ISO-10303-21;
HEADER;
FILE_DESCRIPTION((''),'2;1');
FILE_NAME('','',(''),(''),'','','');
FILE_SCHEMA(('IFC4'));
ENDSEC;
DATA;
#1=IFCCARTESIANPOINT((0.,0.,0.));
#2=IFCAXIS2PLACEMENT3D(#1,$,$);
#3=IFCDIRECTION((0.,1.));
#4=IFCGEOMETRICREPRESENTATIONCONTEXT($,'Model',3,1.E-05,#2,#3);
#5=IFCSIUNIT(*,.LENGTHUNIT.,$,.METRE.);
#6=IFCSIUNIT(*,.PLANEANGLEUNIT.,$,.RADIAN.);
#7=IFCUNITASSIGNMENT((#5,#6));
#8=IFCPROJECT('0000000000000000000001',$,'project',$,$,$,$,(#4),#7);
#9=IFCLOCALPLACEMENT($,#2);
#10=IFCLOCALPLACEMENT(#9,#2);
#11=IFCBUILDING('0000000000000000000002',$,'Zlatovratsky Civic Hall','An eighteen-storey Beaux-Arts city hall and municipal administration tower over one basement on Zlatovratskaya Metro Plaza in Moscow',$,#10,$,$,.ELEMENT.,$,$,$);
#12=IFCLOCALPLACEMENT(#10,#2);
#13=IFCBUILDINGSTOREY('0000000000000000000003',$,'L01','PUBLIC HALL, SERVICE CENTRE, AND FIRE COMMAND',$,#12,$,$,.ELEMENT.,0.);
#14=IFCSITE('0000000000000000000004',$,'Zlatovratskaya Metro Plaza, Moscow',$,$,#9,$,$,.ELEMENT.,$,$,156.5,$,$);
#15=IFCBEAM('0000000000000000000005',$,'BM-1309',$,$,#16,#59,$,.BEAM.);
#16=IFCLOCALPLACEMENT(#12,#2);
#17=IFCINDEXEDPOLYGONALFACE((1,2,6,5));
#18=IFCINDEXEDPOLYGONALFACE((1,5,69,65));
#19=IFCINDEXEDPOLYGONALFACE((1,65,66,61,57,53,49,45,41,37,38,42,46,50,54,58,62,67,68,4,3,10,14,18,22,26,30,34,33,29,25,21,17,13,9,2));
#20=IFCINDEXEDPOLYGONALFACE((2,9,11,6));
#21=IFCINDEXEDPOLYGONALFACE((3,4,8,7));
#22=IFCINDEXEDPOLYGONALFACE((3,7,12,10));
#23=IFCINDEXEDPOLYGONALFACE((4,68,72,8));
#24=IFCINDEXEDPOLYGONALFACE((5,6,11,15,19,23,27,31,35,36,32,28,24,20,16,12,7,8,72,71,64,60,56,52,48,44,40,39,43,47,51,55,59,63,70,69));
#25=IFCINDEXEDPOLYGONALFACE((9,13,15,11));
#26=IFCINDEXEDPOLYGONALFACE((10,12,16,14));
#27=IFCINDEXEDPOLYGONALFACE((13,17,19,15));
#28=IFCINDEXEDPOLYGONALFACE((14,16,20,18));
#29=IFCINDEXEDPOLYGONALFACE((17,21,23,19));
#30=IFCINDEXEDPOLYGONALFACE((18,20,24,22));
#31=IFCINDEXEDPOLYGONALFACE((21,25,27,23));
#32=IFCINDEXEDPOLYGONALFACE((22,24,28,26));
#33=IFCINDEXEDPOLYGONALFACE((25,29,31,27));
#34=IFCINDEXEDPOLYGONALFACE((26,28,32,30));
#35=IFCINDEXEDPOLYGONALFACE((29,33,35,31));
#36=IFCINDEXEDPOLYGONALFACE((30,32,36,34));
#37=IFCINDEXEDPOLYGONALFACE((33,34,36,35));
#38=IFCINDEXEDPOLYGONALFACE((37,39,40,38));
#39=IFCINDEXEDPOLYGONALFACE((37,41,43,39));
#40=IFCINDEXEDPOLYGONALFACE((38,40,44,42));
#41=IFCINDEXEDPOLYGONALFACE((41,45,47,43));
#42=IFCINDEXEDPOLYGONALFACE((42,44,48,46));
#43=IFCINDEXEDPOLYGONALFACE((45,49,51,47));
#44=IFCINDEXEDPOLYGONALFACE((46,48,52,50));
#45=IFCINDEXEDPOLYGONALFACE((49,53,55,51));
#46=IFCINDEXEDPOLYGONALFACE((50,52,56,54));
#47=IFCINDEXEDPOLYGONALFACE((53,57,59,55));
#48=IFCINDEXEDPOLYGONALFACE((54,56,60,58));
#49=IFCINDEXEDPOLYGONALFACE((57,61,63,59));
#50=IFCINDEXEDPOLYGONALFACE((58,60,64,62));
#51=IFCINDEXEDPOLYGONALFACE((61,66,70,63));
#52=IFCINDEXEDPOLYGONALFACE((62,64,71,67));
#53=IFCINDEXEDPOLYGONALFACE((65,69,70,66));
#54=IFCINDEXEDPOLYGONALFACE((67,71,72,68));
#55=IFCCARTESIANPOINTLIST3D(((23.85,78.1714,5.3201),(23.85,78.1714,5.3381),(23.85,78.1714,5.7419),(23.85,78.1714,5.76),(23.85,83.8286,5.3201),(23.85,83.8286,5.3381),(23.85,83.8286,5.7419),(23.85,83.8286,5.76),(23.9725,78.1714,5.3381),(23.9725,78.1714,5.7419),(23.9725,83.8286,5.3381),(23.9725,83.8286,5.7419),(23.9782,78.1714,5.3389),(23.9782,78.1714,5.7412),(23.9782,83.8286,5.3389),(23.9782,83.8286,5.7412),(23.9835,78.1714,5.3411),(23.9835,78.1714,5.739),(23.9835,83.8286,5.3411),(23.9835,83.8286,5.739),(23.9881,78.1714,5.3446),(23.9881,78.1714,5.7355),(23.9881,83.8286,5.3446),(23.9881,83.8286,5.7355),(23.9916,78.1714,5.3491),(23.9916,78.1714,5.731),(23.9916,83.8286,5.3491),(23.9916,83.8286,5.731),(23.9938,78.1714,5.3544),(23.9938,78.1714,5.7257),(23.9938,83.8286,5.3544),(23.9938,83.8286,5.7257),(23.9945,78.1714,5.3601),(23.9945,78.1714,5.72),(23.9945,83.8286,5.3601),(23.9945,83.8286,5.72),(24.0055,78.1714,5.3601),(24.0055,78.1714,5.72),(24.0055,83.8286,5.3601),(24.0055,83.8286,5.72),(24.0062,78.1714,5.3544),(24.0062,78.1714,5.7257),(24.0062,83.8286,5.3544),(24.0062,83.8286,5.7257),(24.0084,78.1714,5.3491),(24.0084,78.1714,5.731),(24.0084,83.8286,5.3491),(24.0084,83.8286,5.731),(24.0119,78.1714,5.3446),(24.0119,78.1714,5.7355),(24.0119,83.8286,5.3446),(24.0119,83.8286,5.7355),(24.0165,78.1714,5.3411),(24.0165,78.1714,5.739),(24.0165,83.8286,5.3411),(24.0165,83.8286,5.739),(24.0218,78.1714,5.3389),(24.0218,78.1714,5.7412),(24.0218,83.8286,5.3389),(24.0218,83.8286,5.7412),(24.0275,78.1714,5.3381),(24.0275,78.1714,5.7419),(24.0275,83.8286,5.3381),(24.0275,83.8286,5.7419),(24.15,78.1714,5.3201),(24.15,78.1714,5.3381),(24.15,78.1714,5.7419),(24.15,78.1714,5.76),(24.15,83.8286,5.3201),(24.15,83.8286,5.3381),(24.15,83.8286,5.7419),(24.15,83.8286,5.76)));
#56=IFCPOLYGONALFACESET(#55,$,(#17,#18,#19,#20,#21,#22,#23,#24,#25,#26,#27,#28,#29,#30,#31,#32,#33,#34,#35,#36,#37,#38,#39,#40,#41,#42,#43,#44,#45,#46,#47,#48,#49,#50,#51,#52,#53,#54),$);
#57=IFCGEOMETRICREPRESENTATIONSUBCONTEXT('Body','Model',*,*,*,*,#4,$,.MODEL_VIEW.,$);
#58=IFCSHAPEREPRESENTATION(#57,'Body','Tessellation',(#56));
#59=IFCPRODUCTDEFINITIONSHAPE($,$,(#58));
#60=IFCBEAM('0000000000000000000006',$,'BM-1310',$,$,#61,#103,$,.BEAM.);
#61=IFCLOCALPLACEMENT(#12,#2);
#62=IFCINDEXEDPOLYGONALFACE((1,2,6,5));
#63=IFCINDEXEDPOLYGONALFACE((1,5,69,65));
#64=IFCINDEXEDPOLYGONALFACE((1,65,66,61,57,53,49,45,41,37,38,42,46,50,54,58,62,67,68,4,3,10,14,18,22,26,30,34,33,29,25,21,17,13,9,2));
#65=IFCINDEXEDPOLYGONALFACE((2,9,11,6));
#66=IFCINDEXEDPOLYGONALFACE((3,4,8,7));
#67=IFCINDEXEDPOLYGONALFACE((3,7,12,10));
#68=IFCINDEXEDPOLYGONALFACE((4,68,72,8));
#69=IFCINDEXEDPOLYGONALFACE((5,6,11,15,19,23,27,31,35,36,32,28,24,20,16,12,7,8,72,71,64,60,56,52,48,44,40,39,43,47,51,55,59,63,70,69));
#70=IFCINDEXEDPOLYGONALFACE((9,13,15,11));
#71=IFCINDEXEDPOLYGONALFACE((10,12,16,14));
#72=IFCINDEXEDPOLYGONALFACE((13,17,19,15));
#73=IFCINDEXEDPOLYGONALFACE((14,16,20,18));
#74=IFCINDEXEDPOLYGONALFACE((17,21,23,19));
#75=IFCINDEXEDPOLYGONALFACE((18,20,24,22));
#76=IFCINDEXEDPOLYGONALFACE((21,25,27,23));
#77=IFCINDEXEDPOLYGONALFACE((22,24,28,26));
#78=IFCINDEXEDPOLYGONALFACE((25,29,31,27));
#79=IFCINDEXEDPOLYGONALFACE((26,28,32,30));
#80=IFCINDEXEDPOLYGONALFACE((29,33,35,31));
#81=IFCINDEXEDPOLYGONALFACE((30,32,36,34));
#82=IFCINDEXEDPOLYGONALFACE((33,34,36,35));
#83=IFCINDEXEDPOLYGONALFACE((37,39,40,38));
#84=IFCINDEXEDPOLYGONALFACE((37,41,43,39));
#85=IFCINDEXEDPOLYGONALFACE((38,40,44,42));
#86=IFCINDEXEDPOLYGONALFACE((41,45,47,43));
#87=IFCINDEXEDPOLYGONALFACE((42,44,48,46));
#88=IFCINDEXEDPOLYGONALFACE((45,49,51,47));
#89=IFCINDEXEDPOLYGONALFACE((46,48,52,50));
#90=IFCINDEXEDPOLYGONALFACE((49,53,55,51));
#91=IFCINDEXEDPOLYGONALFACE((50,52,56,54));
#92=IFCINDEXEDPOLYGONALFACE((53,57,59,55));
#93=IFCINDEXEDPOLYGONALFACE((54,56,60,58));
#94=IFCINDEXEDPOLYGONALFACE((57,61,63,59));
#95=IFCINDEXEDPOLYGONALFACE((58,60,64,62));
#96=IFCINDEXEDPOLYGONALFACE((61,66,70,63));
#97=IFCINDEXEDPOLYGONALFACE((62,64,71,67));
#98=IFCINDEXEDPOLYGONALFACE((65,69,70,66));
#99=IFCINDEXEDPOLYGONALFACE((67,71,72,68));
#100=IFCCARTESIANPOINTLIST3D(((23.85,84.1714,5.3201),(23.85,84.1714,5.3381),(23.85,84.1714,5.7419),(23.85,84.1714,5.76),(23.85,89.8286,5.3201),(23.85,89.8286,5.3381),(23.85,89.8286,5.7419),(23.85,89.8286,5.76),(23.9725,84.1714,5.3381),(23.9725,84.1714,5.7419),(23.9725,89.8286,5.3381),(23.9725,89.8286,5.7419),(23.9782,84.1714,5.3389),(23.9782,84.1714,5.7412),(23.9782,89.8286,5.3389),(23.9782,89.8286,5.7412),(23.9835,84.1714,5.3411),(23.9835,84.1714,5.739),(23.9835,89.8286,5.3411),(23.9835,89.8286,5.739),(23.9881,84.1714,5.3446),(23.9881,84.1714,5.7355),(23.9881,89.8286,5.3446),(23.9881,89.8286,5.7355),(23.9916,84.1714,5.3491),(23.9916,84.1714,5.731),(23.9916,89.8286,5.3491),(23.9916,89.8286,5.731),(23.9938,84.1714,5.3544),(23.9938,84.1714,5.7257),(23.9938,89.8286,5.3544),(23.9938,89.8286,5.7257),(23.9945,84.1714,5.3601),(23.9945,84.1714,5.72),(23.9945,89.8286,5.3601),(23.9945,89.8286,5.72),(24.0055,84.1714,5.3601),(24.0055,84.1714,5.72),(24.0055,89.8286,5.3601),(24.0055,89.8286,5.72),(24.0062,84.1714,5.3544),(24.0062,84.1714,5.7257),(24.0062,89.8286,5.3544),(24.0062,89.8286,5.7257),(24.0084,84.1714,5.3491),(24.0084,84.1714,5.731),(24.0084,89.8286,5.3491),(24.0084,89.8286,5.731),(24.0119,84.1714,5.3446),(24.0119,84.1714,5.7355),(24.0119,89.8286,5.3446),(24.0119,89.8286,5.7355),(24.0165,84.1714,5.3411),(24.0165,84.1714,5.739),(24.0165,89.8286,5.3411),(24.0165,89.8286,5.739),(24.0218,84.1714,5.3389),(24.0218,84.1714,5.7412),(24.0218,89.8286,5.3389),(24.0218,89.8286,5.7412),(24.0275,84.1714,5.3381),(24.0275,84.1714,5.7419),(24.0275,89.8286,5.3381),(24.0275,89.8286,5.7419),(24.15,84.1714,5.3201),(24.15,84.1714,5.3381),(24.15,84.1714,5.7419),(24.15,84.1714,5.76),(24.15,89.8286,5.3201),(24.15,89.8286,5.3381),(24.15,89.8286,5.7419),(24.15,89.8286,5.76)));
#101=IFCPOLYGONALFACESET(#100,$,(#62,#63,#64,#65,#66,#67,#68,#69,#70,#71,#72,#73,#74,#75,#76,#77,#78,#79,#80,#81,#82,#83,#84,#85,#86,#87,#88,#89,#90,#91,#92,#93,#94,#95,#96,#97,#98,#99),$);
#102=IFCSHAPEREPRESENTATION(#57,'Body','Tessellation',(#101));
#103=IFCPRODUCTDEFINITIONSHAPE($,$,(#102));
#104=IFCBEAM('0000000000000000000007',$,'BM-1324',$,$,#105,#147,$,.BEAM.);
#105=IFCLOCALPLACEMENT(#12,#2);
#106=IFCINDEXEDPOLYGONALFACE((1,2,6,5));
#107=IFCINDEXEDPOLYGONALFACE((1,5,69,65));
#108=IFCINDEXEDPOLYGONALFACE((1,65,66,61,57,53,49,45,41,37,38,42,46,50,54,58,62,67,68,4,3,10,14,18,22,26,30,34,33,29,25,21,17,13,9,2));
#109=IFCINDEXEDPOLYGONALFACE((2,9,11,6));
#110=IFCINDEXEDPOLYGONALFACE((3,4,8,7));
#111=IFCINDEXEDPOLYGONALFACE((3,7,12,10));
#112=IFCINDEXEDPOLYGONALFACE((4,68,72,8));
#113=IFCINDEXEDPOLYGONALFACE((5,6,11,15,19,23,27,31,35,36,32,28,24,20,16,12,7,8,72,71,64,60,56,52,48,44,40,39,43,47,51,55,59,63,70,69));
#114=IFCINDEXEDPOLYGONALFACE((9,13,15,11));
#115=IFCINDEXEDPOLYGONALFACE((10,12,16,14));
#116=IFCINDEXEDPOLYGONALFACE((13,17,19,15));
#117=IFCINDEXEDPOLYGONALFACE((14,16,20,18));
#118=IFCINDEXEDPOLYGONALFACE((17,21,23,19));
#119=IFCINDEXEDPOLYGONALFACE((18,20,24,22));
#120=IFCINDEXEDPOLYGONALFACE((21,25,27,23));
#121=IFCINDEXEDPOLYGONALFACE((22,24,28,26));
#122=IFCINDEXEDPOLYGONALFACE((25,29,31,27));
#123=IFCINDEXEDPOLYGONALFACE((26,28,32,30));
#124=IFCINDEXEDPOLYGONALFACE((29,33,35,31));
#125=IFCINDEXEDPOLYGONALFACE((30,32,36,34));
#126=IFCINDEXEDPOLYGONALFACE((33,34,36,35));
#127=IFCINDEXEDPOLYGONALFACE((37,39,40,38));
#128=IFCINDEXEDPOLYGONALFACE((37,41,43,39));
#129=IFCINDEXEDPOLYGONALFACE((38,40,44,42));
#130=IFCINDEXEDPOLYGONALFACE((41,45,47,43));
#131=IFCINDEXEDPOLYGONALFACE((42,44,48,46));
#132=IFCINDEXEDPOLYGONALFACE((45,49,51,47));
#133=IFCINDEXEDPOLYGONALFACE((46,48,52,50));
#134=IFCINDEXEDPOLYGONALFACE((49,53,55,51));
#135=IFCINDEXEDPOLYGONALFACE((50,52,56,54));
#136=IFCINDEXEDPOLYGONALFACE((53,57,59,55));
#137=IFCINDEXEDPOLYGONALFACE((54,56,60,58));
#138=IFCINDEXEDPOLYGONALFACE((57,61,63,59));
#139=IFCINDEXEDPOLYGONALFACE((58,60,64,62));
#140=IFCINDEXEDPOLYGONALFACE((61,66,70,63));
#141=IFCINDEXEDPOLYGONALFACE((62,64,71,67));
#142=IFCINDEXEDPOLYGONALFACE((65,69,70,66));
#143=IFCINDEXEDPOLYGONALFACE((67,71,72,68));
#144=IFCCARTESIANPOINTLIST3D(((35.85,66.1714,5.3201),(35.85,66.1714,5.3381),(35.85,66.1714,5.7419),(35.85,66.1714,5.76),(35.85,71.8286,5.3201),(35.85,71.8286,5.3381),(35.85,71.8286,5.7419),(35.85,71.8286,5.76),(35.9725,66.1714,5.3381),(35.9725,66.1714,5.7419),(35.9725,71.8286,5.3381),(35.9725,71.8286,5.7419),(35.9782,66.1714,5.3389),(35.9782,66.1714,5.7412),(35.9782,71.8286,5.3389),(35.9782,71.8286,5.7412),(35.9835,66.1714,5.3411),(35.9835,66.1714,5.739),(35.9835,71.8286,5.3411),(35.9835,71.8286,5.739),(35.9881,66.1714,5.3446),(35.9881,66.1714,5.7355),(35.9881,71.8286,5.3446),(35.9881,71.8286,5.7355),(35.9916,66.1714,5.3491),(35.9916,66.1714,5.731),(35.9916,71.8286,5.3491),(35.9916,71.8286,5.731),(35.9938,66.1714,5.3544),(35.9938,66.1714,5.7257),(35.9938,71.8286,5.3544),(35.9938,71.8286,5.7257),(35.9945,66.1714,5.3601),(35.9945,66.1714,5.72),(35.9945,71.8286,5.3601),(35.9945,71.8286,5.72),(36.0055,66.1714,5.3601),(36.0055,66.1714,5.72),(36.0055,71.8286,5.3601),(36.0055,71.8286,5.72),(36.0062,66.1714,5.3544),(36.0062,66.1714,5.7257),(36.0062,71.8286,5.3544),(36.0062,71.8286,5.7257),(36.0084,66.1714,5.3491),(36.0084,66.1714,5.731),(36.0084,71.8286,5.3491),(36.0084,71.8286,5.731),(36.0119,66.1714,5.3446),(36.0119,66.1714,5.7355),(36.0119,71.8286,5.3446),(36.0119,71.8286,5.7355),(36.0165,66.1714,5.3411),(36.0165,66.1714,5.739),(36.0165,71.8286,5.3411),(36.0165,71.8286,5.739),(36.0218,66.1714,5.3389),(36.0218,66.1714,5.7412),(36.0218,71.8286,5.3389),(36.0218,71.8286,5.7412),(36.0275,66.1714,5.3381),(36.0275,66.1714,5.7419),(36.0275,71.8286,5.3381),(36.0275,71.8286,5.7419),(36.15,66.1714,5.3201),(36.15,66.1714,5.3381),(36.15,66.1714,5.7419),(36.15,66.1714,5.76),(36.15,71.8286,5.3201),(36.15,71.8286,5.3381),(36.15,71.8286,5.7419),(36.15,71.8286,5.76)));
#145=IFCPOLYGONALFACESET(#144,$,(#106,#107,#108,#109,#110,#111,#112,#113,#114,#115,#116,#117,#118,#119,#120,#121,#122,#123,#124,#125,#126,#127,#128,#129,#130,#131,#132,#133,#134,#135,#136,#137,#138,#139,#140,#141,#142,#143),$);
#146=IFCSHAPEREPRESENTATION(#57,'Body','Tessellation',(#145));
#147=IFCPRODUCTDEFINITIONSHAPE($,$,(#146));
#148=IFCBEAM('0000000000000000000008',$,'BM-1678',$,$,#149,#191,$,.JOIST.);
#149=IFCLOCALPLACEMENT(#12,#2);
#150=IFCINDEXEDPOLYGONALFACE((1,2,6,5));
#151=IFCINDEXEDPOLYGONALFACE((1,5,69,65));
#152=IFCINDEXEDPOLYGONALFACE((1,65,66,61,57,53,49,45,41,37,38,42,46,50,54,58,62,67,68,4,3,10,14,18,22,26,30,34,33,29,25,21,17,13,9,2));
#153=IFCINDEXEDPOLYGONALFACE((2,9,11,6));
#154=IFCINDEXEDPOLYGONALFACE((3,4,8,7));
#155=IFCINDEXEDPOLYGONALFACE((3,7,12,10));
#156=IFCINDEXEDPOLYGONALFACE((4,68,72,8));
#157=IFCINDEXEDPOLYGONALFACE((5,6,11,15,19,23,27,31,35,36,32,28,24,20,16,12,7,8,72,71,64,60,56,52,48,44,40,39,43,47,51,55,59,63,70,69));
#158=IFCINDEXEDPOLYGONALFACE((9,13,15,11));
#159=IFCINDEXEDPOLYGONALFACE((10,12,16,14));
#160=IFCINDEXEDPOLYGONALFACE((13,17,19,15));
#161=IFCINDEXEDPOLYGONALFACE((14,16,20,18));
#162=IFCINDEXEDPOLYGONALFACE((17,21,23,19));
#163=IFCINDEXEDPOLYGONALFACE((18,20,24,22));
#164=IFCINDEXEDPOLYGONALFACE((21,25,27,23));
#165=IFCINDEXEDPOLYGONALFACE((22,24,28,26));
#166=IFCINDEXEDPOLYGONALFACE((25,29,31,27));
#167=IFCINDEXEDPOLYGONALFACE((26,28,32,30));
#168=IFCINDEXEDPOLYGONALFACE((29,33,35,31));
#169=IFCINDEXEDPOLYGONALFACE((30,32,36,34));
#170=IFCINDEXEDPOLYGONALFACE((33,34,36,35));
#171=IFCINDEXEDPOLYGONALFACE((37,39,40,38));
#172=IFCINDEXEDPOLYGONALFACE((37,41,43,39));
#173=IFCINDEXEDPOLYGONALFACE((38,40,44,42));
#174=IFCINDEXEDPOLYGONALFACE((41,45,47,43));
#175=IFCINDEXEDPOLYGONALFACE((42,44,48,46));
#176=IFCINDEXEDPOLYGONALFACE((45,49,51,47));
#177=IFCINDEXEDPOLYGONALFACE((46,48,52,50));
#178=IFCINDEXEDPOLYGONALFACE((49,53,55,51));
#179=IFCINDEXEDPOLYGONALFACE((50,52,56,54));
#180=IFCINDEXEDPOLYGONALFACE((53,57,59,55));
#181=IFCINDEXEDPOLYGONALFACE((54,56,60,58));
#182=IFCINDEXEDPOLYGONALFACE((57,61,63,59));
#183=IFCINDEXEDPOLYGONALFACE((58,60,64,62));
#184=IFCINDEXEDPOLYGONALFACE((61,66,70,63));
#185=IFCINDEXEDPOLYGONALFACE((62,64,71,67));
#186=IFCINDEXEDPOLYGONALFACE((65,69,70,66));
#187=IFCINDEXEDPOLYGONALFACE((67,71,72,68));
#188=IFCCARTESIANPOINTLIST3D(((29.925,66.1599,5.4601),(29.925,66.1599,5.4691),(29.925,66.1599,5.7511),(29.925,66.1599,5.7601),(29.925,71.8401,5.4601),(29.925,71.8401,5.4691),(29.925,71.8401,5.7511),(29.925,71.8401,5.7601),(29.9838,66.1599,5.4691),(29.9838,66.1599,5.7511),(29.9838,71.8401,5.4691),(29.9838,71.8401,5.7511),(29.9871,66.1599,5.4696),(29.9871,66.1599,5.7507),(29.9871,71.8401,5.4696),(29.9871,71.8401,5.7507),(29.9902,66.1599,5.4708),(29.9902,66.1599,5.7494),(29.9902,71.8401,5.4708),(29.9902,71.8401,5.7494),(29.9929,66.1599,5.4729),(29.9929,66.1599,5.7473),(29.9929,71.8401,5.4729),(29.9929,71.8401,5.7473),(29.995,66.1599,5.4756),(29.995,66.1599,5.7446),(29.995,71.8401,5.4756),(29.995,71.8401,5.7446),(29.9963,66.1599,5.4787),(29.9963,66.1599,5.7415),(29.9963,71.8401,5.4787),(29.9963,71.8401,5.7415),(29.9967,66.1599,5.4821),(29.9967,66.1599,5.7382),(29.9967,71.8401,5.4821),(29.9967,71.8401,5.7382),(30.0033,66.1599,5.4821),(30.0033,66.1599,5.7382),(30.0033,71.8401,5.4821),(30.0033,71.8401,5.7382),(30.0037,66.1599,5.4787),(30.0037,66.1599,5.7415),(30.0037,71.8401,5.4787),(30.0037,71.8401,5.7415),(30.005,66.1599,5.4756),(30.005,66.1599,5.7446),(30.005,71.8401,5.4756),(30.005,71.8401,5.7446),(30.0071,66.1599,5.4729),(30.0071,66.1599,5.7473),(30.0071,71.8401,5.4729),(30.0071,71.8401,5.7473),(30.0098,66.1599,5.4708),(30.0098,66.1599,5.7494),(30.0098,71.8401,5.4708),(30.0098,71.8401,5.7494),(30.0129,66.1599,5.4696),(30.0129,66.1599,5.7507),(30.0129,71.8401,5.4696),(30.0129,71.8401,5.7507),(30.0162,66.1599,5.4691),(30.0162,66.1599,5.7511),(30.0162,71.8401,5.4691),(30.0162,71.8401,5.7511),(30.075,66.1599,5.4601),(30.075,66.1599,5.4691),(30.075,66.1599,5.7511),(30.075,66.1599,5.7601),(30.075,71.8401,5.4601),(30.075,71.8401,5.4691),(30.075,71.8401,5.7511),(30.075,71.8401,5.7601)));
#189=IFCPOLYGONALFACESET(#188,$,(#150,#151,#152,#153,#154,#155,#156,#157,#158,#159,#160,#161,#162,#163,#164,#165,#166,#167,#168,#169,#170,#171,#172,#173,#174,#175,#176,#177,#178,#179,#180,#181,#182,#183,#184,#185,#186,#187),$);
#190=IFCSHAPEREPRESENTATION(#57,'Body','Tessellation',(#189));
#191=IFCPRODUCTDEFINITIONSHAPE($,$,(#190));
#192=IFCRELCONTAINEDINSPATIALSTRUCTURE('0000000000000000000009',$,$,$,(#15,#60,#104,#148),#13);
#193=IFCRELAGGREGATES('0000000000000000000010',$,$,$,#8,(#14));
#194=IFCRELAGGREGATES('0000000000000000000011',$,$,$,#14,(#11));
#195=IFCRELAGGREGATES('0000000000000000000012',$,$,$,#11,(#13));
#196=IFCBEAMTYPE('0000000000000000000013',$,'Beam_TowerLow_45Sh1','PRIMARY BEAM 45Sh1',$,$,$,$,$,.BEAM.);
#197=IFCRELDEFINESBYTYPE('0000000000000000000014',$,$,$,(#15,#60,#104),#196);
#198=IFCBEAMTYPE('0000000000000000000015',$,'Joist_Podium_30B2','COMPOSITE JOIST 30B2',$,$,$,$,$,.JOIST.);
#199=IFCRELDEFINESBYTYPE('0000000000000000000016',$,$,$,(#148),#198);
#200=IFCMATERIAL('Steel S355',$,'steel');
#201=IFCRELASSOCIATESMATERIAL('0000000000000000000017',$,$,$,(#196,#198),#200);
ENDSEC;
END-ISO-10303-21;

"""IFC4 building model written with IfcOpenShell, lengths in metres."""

from ifc_helpers import new_model, si_unit, direction, frame, origin, origin_2d, place, context, subcontext, project, spatial, i_section, extrude, material, material_profile, profile_set, type_object, element, save


model = new_model("IFC4")

# Units and contexts
model_context = context("Model", 3, precision=1e-05, world=origin(), true_north=direction((0.0, 1.0)))
body_context = subcontext(model_context, "Body", "Model", "MODEL_VIEW")
ifc_project = project(units=[si_unit("LENGTHUNIT", "METRE"), si_unit("PLANEANGLEUNIT", "RADIAN")], contexts=[model_context])

# Site, building, storey
site_placement = place(None, origin())
site = spatial("IfcSite", under=ifc_project, at=site_placement, Name="Zlatovratskaya Metro Plaza, Moscow", CompositionType="ELEMENT", RefElevation=156.5)
building_placement = place(site_placement, origin())
building = spatial("IfcBuilding", under=site, at=building_placement, Name="Zlatovratsky Civic Hall", Description="An eighteen-storey Beaux-Arts city hall and municipal administration tower over one basement on Zlatovratskaya Metro Plaza in Moscow", CompositionType="ELEMENT")
storey_placement = place(building_placement, origin())
storey = spatial("IfcBuildingStorey", under=building, at=storey_placement, Name="L01", Description="PUBLIC HALL, SERVICE CENTRE, AND FIRE COMMAND", CompositionType="ELEMENT", Elevation=0.0)

# Shared definitions
ifc_material_1 = material(Name="Steel S355", Category="steel")

# Beams
ifc_material_profile_1 = material_profile(ifc_material_1, i_section(OverallWidth=0.3, OverallDepth=0.4399, WebThickness=0.011, FlangeThickness=0.0181, FilletRadius=0.022, at=origin_2d()), Name="45Sh1")
ifc_profile_set_1 = profile_set([ifc_material_profile_1], Name="Steel S355")
beam_type_1 = type_object("IfcBeamType", Name="Beam_TowerLow_45Sh1", Description="PRIMARY BEAM 45Sh1", PredefinedType="BEAM", material=ifc_profile_set_1)
for number, where, z_axis, x_axis, name in (
    (1, (24.0, 78.1714, 5.54), (0.0, 1.0, 0.0), (-1.0, 0.0, 0.0), "BM-1309"),
    (2, (24.0, 84.1714, 5.54), (0.0, 1.0, 0.0), (-1.0, 0.0, 0.0), "BM-1310"),
    (3, (36.0, 66.1714, 5.54), (0.0, 1.0, 0.0), (-1.0, 0.0, 0.0), "BM-1324"),
):
    element("IfcBeam", number, at=place(storey_placement, frame(where, z_axis=z_axis, x_axis=x_axis)), inside=storey, type_object=beam_type_1, Name=name, PredefinedType="BEAM", context=body_context, shape_type="SweptSolid", body=[
        extrude(i_section(OverallWidth=0.3, OverallDepth=0.4399, WebThickness=0.011, FlangeThickness=0.0181, FilletRadius=0.022, at=origin_2d()), origin(), (0.0, 0.0, 1.0), 5.6572),
    ])
ifc_material_profile_2 = material_profile(ifc_material_1, i_section(OverallWidth=0.1499, OverallDepth=0.3, WebThickness=0.0066, FlangeThickness=0.009, FilletRadius=0.0129, at=origin_2d()), Name="30B2")
ifc_profile_set_2 = profile_set([ifc_material_profile_2], Name="Steel S355")
beam_type_2 = type_object("IfcBeamType", Name="Joist_Podium_30B2", Description="COMPOSITE JOIST 30B2", PredefinedType="JOIST", material=ifc_profile_set_2)
for number, where, z_axis, x_axis, name in (
    (4, (30.0, 66.1599, 5.6101), (0.0, 1.0, 0.0), (-1.0, 0.0, 0.0), "BM-1678"),
):
    element("IfcBeam", number, at=place(storey_placement, frame(where, z_axis=z_axis, x_axis=x_axis)), inside=storey, type_object=beam_type_2, Name=name, PredefinedType="JOIST", context=body_context, shape_type="SweptSolid", body=[
        extrude(i_section(OverallWidth=0.1499, OverallDepth=0.3, WebThickness=0.0066, FlangeThickness=0.009, FilletRadius=0.0129, at=origin_2d()), origin(), (0.0, 0.0, 1.0), 5.6802),
    ])

save(model, "model.ifc")
